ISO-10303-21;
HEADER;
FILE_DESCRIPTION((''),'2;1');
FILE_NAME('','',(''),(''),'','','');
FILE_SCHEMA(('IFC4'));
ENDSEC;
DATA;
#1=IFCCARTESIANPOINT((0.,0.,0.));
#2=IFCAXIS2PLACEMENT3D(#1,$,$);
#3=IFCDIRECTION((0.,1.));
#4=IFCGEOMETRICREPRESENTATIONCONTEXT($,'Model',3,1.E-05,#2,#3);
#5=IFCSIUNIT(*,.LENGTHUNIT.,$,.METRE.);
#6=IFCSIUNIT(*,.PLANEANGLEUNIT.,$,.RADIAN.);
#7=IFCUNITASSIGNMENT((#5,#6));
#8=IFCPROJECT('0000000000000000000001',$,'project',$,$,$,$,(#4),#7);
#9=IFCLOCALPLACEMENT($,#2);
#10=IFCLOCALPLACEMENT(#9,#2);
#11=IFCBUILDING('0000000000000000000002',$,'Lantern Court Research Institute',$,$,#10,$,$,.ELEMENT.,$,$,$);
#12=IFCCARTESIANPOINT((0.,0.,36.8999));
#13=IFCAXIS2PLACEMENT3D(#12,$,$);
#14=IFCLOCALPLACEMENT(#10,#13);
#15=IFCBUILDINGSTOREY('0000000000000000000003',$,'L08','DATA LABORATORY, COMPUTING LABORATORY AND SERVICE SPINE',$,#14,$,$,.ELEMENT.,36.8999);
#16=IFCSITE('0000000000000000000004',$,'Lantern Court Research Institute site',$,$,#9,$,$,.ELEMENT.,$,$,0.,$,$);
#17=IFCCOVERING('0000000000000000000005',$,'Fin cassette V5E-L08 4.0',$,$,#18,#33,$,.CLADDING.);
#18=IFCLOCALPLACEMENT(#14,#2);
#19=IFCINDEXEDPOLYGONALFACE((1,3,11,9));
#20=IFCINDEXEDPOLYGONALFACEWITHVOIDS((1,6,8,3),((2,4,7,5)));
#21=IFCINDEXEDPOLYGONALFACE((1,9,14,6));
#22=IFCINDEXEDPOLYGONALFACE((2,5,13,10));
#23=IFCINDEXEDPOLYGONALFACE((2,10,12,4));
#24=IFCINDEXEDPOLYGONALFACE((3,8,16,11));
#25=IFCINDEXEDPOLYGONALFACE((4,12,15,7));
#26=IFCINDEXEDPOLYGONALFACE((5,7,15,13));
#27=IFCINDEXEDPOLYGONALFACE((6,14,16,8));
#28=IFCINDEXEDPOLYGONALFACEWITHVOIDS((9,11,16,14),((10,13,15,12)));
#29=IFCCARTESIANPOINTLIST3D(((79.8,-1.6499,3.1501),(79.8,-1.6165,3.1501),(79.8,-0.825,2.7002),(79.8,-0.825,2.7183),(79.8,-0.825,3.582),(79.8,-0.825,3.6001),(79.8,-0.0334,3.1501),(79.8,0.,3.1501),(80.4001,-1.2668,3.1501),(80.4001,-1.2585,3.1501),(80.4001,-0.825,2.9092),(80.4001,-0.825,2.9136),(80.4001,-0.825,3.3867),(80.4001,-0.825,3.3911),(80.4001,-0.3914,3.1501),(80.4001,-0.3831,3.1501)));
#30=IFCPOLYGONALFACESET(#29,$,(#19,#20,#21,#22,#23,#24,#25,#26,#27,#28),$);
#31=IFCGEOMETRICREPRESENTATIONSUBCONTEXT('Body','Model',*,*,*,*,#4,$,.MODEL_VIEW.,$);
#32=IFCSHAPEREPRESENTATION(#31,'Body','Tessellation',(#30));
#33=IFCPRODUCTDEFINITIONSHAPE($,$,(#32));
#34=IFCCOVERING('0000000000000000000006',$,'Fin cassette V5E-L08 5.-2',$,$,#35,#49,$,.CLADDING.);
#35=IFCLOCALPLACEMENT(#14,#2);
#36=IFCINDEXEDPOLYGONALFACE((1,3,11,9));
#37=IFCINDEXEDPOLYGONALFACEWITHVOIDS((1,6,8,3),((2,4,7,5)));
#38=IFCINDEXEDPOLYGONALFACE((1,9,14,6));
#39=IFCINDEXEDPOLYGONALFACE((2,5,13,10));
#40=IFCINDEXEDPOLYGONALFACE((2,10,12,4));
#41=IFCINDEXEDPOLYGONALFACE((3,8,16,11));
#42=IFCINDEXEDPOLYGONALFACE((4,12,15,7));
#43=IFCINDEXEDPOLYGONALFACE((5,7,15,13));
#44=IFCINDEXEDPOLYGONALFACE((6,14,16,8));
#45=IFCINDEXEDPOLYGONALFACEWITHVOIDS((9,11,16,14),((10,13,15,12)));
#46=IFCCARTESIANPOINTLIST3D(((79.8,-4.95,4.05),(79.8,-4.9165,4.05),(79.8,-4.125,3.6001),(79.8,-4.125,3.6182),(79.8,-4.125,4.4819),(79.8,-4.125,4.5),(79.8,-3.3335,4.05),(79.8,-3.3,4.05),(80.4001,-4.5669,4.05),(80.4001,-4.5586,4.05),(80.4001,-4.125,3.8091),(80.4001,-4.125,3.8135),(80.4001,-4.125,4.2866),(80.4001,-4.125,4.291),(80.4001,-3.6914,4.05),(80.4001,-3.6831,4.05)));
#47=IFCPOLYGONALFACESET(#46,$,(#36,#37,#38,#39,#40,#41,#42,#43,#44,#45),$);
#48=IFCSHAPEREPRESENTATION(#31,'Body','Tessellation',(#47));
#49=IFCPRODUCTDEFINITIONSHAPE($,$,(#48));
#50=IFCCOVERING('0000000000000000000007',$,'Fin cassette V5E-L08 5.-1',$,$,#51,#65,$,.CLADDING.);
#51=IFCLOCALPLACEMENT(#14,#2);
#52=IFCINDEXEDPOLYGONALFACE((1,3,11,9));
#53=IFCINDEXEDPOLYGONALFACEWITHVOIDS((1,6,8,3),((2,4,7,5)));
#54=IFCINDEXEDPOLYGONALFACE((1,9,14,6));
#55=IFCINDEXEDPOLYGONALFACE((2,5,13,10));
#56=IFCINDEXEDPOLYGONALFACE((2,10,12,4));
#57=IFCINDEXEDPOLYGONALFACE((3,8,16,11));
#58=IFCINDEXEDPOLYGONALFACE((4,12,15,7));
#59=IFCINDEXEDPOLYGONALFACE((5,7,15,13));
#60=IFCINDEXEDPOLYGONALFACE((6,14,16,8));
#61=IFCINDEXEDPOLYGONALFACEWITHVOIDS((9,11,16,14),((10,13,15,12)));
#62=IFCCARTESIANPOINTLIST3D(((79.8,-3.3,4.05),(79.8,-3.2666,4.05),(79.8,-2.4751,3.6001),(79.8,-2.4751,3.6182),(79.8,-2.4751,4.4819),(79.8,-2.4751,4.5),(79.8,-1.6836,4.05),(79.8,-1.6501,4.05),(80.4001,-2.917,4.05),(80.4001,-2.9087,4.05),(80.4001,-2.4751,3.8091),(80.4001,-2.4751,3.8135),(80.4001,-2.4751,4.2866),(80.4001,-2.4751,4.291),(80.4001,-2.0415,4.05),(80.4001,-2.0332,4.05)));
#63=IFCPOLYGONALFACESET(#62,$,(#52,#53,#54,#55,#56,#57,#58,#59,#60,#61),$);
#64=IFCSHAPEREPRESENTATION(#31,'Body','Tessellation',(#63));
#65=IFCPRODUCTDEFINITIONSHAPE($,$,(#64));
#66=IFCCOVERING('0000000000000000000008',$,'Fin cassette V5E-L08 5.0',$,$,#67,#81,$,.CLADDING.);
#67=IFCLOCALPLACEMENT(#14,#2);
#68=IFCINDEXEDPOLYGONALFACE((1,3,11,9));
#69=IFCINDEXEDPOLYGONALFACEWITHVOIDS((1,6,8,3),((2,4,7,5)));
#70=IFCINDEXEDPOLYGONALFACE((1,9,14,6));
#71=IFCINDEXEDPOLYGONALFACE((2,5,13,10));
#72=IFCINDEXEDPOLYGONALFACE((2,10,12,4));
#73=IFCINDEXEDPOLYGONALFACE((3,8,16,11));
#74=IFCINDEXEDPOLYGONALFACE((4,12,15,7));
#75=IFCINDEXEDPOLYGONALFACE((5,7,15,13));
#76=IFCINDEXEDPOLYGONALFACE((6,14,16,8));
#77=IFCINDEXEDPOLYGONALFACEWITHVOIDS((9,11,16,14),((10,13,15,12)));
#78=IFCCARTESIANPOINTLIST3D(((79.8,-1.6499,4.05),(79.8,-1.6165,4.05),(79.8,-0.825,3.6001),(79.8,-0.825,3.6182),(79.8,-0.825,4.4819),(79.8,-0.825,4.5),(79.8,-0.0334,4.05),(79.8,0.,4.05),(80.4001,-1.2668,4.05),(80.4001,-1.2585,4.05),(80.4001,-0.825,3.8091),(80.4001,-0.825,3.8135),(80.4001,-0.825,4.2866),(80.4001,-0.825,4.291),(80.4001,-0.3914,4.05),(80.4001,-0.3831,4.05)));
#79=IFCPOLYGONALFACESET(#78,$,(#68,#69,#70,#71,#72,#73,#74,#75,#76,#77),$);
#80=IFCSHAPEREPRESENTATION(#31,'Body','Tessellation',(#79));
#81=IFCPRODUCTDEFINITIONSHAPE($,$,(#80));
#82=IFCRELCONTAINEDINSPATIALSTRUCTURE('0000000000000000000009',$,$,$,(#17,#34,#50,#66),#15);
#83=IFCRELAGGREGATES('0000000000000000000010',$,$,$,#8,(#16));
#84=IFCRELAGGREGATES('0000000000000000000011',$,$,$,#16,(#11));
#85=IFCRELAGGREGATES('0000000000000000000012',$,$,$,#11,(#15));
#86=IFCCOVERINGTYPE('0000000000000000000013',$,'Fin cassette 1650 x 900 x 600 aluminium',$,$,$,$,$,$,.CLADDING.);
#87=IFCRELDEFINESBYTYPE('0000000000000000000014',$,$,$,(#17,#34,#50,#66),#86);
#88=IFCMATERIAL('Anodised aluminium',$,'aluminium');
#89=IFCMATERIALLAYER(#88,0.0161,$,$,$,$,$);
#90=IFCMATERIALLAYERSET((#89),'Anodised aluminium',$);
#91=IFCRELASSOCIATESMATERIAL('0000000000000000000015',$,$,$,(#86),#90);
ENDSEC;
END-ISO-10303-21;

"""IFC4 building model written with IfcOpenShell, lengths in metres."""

from ifc_helpers import new_model, entity, si_unit, direction, frame, origin, place, context, subcontext, project, spatial, material, layer, layer_set, type_object, element, save


model = new_model("IFC4")

# Units and contexts
model_context = context("Model", 3, precision=1e-05, world=origin(), true_north=direction((0.0, 1.0)))
body_context = subcontext(model_context, "Body", "Model", "MODEL_VIEW")
ifc_project = project(units=[si_unit("LENGTHUNIT", "METRE"), si_unit("PLANEANGLEUNIT", "RADIAN")], contexts=[model_context])

# Site, building, storey
site_placement = place(None, origin())
site = spatial("IfcSite", under=ifc_project, at=site_placement, Name="Lantern Court Research Institute site", CompositionType="ELEMENT", RefElevation=0.0)
building_placement = place(site_placement, origin())
building = spatial("IfcBuilding", under=site, at=building_placement, Name="Lantern Court Research Institute", CompositionType="ELEMENT")
storey_placement = place(building_placement, frame((0.0, 0.0, 36.8999)))
storey = spatial("IfcBuildingStorey", under=building, at=storey_placement, Name="L08", Description="DATA LABORATORY, COMPUTING LABORATORY AND SERVICE SPINE", CompositionType="ELEMENT", Elevation=36.8999)

# Coverings
ifc_material_1 = material(Name="Anodised aluminium", Category="aluminium")
ifc_layer_1 = layer(ifc_material_1, 0.0161)
ifc_layer_set_1 = layer_set([ifc_layer_1], Name="Anodised aluminium")
covering_type = type_object("IfcCoveringType", Name="Fin cassette 1650 x 900 x 600 aluminium", PredefinedType="CLADDING", material=ifc_layer_set_1)
covering_1_placement = place(storey_placement, frame((79.8, -0.825, 3.1501), z_axis=(1.0, 0.0, 0.0), x_axis=(0.0, 1.0, 0.0)))
cartesian_point_1 = entity("IfcCartesianPoint", [0.825, 0.0])
cartesian_point_2 = entity("IfcCartesianPoint", [0.7915, 0.0])
cartesian_point_3 = entity("IfcCartesianPoint", [0.4419, 0.0])
cartesian_point_4 = entity("IfcCartesianPoint", [0.4336, 0.0])
element("IfcCovering", 1, at=covering_1_placement, inside=storey, type_object=covering_type, Name="Fin cassette V5E-L08 4.0", PredefinedType="CLADDING", context=body_context, shape_type="SweptSolid", body=[
    entity("IfcExtrudedAreaSolidTapered", entity("IfcArbitraryProfileDefWithVoids", "AREA", None, entity("IfcPolyline", [cartesian_point_1, entity("IfcCartesianPoint", [0.0, 0.45]), entity("IfcCartesianPoint", [-0.825, 0.0]), entity("IfcCartesianPoint", [0.0, -0.45]), cartesian_point_1]), [entity("IfcPolyline", [cartesian_point_2, entity("IfcCartesianPoint", [0.0, 0.4319]), entity("IfcCartesianPoint", [-0.7915, 0.0]), entity("IfcCartesianPoint", [0.0, -0.4319]), cartesian_point_2])]), entity("IfcAxis2Placement3D", entity("IfcCartesianPoint", [0.0, 0.0, 0.0])), entity("IfcDirection", [0.0, 0.0, 1.0]), 0.6001, entity("IfcArbitraryProfileDefWithVoids", "AREA", None, entity("IfcPolyline", [cartesian_point_3, entity("IfcCartesianPoint", [0.0, 0.241]), entity("IfcCartesianPoint", [-0.4419, 0.0]), entity("IfcCartesianPoint", [0.0, -0.241]), cartesian_point_3]), [entity("IfcPolyline", [cartesian_point_4, entity("IfcCartesianPoint", [0.0, 0.2366]), entity("IfcCartesianPoint", [-0.4336, 0.0]), entity("IfcCartesianPoint", [0.0, -0.2366]), cartesian_point_4])])),
])
covering_2_placement = place(storey_placement, frame((79.8, -4.125, 4.05), z_axis=(1.0, 0.0, 0.0), x_axis=(0.0, 1.0, 0.0)))
cartesian_point_5 = entity("IfcCartesianPoint", [0.825, 0.0])
cartesian_point_6 = entity("IfcCartesianPoint", [0.7915, 0.0])
cartesian_point_7 = entity("IfcCartesianPoint", [0.4419, 0.0])
cartesian_point_8 = entity("IfcCartesianPoint", [0.4336, 0.0])
element("IfcCovering", 2, at=covering_2_placement, inside=storey, type_object=covering_type, Name="Fin cassette V5E-L08 5.-2", PredefinedType="CLADDING", context=body_context, shape_type="SweptSolid", body=[
    entity("IfcExtrudedAreaSolidTapered", entity("IfcArbitraryProfileDefWithVoids", "AREA", None, entity("IfcPolyline", [cartesian_point_5, entity("IfcCartesianPoint", [0.0, 0.45]), entity("IfcCartesianPoint", [-0.825, 0.0]), entity("IfcCartesianPoint", [0.0, -0.45]), cartesian_point_5]), [entity("IfcPolyline", [cartesian_point_6, entity("IfcCartesianPoint", [0.0, 0.4319]), entity("IfcCartesianPoint", [-0.7915, 0.0]), entity("IfcCartesianPoint", [0.0, -0.4319]), cartesian_point_6])]), entity("IfcAxis2Placement3D", entity("IfcCartesianPoint", [0.0, 0.0, 0.0])), entity("IfcDirection", [0.0, 0.0, 1.0]), 0.6001, entity("IfcArbitraryProfileDefWithVoids", "AREA", None, entity("IfcPolyline", [cartesian_point_7, entity("IfcCartesianPoint", [0.0, 0.241]), entity("IfcCartesianPoint", [-0.4419, 0.0]), entity("IfcCartesianPoint", [0.0, -0.241]), cartesian_point_7]), [entity("IfcPolyline", [cartesian_point_8, entity("IfcCartesianPoint", [0.0, 0.2366]), entity("IfcCartesianPoint", [-0.4336, 0.0]), entity("IfcCartesianPoint", [0.0, -0.2366]), cartesian_point_8])])),
])
covering_3_placement = place(storey_placement, frame((79.8, -2.4751, 4.05), z_axis=(1.0, 0.0, 0.0), x_axis=(0.0, 1.0, 0.0)))
cartesian_point_9 = entity("IfcCartesianPoint", [0.825, 0.0])
cartesian_point_10 = entity("IfcCartesianPoint", [0.7915, 0.0])
cartesian_point_11 = entity("IfcCartesianPoint", [0.4419, 0.0])
cartesian_point_12 = entity("IfcCartesianPoint", [0.4336, 0.0])
element("IfcCovering", 3, at=covering_3_placement, inside=storey, type_object=covering_type, Name="Fin cassette V5E-L08 5.-1", PredefinedType="CLADDING", context=body_context, shape_type="SweptSolid", body=[
    entity("IfcExtrudedAreaSolidTapered", entity("IfcArbitraryProfileDefWithVoids", "AREA", None, entity("IfcPolyline", [cartesian_point_9, entity("IfcCartesianPoint", [0.0, 0.45]), entity("IfcCartesianPoint", [-0.825, 0.0]), entity("IfcCartesianPoint", [0.0, -0.45]), cartesian_point_9]), [entity("IfcPolyline", [cartesian_point_10, entity("IfcCartesianPoint", [0.0, 0.4319]), entity("IfcCartesianPoint", [-0.7915, 0.0]), entity("IfcCartesianPoint", [0.0, -0.4319]), cartesian_point_10])]), entity("IfcAxis2Placement3D", entity("IfcCartesianPoint", [0.0, 0.0, 0.0])), entity("IfcDirection", [0.0, 0.0, 1.0]), 0.6001, entity("IfcArbitraryProfileDefWithVoids", "AREA", None, entity("IfcPolyline", [cartesian_point_11, entity("IfcCartesianPoint", [0.0, 0.241]), entity("IfcCartesianPoint", [-0.4419, 0.0]), entity("IfcCartesianPoint", [0.0, -0.241]), cartesian_point_11]), [entity("IfcPolyline", [cartesian_point_12, entity("IfcCartesianPoint", [0.0, 0.2366]), entity("IfcCartesianPoint", [-0.4336, 0.0]), entity("IfcCartesianPoint", [0.0, -0.2366]), cartesian_point_12])])),
])
covering_4_placement = place(storey_placement, frame((79.8, -0.825, 4.05), z_axis=(1.0, 0.0, 0.0), x_axis=(0.0, 1.0, 0.0)))
cartesian_point_13 = entity("IfcCartesianPoint", [0.825, 0.0])
cartesian_point_14 = entity("IfcCartesianPoint", [0.7915, 0.0])
cartesian_point_15 = entity("IfcCartesianPoint", [0.4419, 0.0])
cartesian_point_16 = entity("IfcCartesianPoint", [0.4336, 0.0])
element("IfcCovering", 4, at=covering_4_placement, inside=storey, type_object=covering_type, Name="Fin cassette V5E-L08 5.0", PredefinedType="CLADDING", context=body_context, shape_type="SweptSolid", body=[
    entity("IfcExtrudedAreaSolidTapered", entity("IfcArbitraryProfileDefWithVoids", "AREA", None, entity("IfcPolyline", [cartesian_point_13, entity("IfcCartesianPoint", [0.0, 0.45]), entity("IfcCartesianPoint", [-0.825, 0.0]), entity("IfcCartesianPoint", [0.0, -0.45]), cartesian_point_13]), [entity("IfcPolyline", [cartesian_point_14, entity("IfcCartesianPoint", [0.0, 0.4319]), entity("IfcCartesianPoint", [-0.7915, 0.0]), entity("IfcCartesianPoint", [0.0, -0.4319]), cartesian_point_14])]), entity("IfcAxis2Placement3D", entity("IfcCartesianPoint", [0.0, 0.0, 0.0])), entity("IfcDirection", [0.0, 0.0, 1.0]), 0.6001, entity("IfcArbitraryProfileDefWithVoids", "AREA", None, entity("IfcPolyline", [cartesian_point_15, entity("IfcCartesianPoint", [0.0, 0.241]), entity("IfcCartesianPoint", [-0.4419, 0.0]), entity("IfcCartesianPoint", [0.0, -0.241]), cartesian_point_15]), [entity("IfcPolyline", [cartesian_point_16, entity("IfcCartesianPoint", [0.0, 0.2366]), entity("IfcCartesianPoint", [-0.4336, 0.0]), entity("IfcCartesianPoint", [0.0, -0.2366]), cartesian_point_16])])),
])

save(model, "model.ifc")
